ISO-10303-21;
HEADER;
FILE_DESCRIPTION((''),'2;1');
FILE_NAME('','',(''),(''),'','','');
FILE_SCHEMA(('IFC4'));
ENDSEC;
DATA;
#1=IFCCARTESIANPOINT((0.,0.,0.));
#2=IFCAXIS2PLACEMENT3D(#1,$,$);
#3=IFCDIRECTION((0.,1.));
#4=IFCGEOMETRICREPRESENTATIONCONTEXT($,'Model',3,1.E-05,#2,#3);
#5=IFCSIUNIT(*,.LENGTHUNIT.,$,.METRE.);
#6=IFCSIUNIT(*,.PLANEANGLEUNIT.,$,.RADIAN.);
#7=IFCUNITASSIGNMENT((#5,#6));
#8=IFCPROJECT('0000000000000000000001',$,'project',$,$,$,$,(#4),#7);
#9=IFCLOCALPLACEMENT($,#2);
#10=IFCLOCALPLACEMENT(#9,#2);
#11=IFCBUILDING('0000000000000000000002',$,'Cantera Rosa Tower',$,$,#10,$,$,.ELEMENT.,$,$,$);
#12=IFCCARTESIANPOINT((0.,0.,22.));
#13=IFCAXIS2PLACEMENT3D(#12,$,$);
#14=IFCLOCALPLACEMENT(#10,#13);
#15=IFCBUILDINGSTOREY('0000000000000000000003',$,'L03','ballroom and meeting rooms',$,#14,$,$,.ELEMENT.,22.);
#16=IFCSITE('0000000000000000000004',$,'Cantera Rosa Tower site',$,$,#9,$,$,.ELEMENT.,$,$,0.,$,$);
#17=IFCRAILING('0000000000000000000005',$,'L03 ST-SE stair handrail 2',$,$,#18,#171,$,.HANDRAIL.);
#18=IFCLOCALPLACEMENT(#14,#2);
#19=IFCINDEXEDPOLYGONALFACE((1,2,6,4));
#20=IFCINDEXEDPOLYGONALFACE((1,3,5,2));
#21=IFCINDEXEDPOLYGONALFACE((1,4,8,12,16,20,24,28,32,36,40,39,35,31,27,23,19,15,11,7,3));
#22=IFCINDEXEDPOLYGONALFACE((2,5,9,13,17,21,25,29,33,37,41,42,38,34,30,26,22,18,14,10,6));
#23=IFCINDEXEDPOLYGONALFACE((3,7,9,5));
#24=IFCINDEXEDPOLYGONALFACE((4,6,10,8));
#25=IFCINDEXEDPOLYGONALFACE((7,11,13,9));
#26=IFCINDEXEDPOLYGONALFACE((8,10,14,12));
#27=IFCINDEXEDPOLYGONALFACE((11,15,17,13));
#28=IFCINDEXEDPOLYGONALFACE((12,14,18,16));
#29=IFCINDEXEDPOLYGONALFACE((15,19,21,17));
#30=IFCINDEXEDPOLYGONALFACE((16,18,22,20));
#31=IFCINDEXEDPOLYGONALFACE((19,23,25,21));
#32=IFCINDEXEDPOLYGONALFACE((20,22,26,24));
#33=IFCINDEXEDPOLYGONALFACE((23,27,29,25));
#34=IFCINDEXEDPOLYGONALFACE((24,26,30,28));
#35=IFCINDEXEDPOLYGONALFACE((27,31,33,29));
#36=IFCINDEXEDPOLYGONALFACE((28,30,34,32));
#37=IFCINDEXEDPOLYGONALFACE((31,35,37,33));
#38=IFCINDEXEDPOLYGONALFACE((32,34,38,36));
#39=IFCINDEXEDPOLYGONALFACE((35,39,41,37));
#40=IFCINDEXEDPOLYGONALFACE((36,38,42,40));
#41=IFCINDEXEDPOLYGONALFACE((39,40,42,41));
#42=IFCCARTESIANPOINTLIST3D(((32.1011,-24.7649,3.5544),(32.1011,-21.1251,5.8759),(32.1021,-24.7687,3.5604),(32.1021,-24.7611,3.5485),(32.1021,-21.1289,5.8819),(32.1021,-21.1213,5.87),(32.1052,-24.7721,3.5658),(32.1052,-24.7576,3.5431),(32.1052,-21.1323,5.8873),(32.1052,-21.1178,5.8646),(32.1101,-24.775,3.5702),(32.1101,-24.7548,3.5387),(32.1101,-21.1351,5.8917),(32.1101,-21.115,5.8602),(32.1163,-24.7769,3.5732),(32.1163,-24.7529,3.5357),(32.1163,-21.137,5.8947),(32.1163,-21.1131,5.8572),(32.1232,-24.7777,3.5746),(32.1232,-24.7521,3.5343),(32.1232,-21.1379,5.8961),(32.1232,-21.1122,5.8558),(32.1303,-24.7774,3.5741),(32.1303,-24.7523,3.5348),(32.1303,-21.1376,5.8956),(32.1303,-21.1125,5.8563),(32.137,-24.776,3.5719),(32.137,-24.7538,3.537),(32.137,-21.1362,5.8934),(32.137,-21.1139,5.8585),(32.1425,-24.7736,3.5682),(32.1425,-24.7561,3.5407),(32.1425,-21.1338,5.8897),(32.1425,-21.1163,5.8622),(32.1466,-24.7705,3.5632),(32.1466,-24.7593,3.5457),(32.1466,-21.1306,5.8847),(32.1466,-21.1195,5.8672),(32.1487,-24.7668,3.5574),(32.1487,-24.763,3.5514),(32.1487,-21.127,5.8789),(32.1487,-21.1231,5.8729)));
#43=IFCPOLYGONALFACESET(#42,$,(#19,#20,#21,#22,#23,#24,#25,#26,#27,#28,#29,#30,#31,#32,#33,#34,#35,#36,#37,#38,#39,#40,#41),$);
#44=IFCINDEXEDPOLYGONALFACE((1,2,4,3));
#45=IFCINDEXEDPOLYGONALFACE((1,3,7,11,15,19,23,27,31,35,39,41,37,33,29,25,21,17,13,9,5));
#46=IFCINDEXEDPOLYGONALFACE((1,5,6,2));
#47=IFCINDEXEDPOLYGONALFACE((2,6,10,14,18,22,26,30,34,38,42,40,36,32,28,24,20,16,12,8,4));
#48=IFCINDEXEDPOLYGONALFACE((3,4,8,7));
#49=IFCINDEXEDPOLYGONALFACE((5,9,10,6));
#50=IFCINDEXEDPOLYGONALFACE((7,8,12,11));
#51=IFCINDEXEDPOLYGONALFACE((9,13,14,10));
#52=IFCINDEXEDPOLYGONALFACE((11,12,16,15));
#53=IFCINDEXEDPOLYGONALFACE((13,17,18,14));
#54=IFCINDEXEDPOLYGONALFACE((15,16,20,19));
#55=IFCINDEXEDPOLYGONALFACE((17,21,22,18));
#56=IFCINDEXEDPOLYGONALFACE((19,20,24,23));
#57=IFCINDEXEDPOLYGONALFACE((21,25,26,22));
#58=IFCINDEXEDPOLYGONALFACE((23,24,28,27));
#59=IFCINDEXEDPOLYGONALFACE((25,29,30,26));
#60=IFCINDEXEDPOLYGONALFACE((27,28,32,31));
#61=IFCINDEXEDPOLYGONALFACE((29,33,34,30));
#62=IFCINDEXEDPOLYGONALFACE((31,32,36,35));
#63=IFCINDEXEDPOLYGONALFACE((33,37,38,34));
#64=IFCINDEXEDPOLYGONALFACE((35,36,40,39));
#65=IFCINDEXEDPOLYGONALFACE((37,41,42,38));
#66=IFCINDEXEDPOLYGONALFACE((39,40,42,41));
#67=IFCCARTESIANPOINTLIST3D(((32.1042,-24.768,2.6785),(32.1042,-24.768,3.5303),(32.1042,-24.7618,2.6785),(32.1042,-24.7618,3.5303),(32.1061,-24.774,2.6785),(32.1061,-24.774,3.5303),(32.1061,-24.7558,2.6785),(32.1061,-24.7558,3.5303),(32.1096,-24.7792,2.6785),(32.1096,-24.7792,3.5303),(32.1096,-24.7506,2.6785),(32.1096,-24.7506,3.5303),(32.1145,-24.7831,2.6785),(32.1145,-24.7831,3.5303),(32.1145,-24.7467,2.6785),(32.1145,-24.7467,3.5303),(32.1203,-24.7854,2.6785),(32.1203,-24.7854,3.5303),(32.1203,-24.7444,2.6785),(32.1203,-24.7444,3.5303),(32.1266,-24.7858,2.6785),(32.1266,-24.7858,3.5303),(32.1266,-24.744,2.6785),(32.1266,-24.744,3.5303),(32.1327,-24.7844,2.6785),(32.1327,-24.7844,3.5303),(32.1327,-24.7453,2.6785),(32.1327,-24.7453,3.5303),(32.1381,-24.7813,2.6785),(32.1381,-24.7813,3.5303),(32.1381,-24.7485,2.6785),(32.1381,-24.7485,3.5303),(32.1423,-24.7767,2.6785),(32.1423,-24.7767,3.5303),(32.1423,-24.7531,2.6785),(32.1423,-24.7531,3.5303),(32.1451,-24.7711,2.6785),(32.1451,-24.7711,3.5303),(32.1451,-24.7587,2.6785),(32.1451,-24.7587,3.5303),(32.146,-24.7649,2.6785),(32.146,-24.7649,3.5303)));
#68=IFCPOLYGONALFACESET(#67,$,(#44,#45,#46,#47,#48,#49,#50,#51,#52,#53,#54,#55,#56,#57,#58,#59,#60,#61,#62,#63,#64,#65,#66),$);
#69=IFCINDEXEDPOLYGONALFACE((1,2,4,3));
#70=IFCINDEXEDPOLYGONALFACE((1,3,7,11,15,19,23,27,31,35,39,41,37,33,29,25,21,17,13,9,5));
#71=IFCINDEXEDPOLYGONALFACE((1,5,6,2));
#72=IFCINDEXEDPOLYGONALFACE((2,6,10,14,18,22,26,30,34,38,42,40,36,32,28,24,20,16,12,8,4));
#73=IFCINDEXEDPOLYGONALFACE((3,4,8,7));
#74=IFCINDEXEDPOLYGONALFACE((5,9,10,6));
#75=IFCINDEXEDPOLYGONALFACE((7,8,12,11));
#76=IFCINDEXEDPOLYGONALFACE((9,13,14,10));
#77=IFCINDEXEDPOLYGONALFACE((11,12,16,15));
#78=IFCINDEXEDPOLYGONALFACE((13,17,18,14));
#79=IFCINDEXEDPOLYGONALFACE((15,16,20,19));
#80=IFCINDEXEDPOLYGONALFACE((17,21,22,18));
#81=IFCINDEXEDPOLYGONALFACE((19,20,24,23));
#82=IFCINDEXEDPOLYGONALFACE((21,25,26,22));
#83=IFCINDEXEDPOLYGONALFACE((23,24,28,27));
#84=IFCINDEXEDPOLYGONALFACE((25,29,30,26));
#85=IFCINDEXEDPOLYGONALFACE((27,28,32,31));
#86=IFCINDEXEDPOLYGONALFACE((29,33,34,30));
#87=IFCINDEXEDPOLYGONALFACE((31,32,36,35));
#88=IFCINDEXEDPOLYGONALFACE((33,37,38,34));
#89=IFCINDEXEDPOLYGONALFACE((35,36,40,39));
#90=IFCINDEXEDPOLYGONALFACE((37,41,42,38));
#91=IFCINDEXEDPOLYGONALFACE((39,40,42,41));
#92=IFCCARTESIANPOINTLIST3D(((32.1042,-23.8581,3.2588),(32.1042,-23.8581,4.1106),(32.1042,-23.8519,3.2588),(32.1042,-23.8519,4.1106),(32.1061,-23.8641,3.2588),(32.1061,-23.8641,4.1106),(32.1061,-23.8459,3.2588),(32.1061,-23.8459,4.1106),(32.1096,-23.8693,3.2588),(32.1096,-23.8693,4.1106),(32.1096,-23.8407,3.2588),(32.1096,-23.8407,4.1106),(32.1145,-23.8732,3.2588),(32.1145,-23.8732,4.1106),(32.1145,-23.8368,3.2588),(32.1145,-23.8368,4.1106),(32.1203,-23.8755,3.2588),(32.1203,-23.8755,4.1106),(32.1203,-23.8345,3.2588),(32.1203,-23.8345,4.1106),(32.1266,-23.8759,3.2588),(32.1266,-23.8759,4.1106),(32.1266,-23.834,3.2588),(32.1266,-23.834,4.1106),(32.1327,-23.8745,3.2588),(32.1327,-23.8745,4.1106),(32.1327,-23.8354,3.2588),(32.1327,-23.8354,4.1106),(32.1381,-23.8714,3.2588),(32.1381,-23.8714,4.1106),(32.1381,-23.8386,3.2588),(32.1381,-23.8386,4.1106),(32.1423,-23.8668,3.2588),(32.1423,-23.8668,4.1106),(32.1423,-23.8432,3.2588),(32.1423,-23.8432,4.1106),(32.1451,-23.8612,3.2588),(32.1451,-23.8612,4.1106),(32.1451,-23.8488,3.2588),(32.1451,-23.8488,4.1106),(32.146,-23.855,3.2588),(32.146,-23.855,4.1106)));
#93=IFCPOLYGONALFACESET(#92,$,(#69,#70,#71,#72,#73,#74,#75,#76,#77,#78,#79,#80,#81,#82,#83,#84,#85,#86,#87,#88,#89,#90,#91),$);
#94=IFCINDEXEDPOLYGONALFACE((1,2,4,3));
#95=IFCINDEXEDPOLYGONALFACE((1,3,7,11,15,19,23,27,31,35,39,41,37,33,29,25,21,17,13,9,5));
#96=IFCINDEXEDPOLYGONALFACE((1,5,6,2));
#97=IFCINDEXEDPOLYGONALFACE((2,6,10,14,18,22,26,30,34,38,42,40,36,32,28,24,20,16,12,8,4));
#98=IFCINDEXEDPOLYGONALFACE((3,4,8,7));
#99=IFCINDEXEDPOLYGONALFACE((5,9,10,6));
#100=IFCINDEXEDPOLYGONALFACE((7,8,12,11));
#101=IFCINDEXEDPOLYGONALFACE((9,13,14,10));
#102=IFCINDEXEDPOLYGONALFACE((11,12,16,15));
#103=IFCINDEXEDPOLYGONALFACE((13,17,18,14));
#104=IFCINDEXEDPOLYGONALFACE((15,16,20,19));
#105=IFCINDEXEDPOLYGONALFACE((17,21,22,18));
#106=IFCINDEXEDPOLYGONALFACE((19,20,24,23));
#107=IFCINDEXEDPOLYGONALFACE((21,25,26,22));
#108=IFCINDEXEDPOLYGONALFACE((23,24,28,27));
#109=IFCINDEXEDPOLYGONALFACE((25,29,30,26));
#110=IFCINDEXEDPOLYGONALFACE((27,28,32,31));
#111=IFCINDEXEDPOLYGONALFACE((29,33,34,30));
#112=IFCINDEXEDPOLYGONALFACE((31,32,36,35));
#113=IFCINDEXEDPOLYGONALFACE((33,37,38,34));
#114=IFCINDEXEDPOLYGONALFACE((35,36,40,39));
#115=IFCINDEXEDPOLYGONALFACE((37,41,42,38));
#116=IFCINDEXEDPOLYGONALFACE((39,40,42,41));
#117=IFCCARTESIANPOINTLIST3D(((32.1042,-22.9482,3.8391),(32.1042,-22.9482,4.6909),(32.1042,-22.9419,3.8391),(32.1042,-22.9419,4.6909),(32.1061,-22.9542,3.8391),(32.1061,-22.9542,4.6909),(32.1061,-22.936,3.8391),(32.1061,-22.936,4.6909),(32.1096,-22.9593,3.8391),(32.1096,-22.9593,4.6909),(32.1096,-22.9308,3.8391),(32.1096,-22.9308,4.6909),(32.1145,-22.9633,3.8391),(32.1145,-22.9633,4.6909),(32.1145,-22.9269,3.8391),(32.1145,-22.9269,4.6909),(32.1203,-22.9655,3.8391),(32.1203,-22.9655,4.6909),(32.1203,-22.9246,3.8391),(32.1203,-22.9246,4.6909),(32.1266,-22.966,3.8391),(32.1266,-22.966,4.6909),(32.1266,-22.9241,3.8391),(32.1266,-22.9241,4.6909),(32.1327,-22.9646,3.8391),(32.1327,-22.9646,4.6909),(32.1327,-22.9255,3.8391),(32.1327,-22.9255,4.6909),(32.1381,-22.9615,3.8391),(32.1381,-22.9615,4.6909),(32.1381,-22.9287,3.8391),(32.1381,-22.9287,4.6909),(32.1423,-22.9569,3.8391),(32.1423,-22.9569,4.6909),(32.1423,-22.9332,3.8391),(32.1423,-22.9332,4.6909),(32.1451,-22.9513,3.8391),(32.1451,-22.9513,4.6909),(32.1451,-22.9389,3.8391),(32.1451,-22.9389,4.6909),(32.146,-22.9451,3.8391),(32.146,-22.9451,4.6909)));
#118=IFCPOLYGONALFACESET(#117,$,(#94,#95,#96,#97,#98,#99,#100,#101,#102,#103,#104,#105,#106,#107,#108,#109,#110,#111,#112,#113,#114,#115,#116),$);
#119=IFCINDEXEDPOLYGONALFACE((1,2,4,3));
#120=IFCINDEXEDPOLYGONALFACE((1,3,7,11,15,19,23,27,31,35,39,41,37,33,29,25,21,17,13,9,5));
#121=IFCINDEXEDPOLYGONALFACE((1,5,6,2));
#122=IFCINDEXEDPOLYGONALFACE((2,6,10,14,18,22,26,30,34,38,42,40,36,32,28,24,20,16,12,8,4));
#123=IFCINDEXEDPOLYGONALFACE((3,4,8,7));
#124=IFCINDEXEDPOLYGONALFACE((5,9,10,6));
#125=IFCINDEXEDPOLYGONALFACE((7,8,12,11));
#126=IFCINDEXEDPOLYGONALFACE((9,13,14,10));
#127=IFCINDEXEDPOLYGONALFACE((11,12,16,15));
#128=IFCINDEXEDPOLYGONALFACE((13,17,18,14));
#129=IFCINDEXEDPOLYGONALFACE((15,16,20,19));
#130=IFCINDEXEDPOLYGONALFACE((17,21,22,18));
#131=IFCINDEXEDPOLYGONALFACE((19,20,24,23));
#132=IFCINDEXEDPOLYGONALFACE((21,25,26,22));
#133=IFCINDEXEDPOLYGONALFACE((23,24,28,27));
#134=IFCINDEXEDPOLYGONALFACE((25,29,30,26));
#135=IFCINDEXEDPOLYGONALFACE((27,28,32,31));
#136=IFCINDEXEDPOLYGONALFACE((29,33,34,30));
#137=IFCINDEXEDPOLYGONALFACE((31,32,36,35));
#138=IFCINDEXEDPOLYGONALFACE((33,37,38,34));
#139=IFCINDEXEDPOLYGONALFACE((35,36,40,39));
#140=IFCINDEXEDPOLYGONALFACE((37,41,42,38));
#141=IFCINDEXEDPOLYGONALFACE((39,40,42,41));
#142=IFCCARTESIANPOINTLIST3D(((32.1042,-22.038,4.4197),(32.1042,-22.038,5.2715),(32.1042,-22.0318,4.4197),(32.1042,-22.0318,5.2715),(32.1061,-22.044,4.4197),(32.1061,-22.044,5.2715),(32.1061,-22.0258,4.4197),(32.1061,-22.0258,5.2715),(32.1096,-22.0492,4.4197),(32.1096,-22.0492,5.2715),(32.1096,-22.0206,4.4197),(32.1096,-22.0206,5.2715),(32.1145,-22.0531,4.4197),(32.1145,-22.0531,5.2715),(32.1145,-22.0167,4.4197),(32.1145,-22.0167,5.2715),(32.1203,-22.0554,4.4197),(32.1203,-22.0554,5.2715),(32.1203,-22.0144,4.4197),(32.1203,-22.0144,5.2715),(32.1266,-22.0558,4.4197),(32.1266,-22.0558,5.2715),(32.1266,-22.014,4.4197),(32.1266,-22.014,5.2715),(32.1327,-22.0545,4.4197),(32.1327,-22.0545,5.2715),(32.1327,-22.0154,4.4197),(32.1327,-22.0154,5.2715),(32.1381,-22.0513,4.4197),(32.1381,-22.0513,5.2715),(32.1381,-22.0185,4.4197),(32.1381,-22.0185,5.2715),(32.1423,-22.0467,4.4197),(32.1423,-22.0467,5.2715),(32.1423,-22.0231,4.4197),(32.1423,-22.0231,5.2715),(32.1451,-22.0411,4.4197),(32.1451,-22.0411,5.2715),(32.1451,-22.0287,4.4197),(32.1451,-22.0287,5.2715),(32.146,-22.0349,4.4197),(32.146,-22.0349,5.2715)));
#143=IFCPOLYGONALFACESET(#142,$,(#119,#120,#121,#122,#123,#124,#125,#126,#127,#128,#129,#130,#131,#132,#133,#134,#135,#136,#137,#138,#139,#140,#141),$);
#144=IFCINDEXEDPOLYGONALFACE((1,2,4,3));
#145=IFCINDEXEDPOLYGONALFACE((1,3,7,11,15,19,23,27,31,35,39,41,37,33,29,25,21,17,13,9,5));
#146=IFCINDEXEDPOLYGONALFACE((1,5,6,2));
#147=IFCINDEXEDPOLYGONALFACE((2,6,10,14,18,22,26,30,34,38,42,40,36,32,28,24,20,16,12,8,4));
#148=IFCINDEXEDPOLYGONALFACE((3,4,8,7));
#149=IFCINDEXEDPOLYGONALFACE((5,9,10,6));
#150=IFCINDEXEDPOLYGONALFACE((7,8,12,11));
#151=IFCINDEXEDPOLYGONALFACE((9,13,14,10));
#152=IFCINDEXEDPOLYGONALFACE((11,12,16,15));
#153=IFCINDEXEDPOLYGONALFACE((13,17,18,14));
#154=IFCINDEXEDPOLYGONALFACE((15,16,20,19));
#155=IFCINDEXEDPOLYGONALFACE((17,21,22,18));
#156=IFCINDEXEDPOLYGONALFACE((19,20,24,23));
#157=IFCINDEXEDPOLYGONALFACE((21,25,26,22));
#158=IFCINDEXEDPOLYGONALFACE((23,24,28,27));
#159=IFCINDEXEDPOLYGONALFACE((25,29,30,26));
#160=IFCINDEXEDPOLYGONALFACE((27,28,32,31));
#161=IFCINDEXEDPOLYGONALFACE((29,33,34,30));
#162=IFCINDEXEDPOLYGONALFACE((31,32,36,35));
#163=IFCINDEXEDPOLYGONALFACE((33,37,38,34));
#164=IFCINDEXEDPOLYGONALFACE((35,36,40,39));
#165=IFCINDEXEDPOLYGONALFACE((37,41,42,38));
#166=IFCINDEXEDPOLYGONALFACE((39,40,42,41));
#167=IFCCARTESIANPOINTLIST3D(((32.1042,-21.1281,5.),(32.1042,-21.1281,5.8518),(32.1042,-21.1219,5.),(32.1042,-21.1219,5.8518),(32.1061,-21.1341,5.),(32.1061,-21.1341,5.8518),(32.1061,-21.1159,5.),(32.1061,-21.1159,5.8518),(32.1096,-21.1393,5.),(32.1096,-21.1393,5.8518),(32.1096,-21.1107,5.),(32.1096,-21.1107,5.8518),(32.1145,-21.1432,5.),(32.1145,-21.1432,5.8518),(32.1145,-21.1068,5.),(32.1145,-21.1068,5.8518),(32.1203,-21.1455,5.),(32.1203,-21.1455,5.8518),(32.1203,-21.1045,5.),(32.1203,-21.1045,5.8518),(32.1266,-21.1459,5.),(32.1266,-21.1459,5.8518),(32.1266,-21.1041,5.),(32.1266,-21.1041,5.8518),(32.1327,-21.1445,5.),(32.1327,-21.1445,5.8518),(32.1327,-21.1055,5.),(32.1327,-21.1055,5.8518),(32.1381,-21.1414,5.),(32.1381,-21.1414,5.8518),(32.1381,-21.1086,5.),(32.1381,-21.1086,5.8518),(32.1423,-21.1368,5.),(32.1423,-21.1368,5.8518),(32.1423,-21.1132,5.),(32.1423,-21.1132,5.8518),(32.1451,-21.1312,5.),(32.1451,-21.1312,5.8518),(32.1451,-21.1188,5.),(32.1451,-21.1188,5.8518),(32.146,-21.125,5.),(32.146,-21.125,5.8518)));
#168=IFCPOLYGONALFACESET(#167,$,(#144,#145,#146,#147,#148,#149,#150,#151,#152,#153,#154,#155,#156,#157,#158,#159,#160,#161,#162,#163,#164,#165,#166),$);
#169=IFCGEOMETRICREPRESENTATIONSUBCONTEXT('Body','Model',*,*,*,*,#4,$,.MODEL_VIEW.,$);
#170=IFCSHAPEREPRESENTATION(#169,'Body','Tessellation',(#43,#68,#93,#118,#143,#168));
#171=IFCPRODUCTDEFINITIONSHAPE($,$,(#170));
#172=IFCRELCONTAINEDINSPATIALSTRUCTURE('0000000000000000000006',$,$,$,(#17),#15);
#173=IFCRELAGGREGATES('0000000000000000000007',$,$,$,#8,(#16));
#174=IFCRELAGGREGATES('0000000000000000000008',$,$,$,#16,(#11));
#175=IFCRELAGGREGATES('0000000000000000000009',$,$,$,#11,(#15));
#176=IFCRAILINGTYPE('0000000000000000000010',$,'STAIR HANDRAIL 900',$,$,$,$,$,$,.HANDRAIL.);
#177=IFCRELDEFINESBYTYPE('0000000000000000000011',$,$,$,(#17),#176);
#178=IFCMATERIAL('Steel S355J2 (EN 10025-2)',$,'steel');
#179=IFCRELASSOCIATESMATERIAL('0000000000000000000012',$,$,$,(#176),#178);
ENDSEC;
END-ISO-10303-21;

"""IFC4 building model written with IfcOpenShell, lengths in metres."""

from ifc_helpers import new_model, si_unit, direction, frame, origin, origin_2d, place, context, subcontext, project, spatial, circle, extrude, material, type_object, element, save


model = new_model("IFC4")

# Units and contexts
model_context = context("Model", 3, precision=1e-05, world=origin(), true_north=direction((0.0, 1.0)))
body_context = subcontext(model_context, "Body", "Model", "MODEL_VIEW")
ifc_project = project(units=[si_unit("LENGTHUNIT", "METRE"), si_unit("PLANEANGLEUNIT", "RADIAN")], contexts=[model_context])

# Site, building, storey
site_placement = place(None, origin())
site = spatial("IfcSite", under=ifc_project, at=site_placement, Name="Cantera Rosa Tower site", CompositionType="ELEMENT", RefElevation=0.0)
building_placement = place(site_placement, origin())
building = spatial("IfcBuilding", under=site, at=building_placement, Name="Cantera Rosa Tower", CompositionType="ELEMENT")
storey_placement = place(building_placement, frame((0.0, 0.0, 22.0)))
storey = spatial("IfcBuildingStorey", under=building, at=storey_placement, Name="L03", Description="ballroom and meeting rooms", CompositionType="ELEMENT", Elevation=22.0)

# Railing
ifc_material_1 = material(Name="Steel S355J2 (EN 10025-2)", Category="steel")
railing_type_1 = type_object("IfcRailingType", Name="STAIR HANDRAIL 900", PredefinedType="HANDRAIL", material=ifc_material_1)
railing_1_placement = place(storey_placement, frame((32.125, -24.7649, 2.6785)))
element("IfcRailing", 1, at=railing_1_placement, inside=storey, type_object=railing_type_1, Name="L03 ST-SE stair handrail 2", PredefinedType="HANDRAIL", context=body_context, shape_type="SweptSolid", body=[
    extrude(circle(Radius=0.0239, at=origin_2d()), frame((0.0, 0.0, 0.876), z_axis=(0.0, 0.843112, 0.537739), x_axis=(-1.0, 0.0, 0.0)), (0.0, 0.0, 1.0), 4.3171),
    extrude(circle(Radius=0.021, at=origin_2d()), origin(), (0.0, 0.0, 1.0), 0.8518),
    extrude(circle(Radius=0.021, at=origin_2d()), frame((0.0, 0.9099, 0.5803)), (0.0, 0.0, 1.0), 0.8518),
    extrude(circle(Radius=0.021, at=origin_2d()), frame((0.0, 1.8198, 1.1606)), (0.0, 0.0, 1.0), 0.8518),
    extrude(circle(Radius=0.021, at=origin_2d()), frame((0.0, 2.73, 1.7412)), (0.0, 0.0, 1.0), 0.8518),
    extrude(circle(Radius=0.021, at=origin_2d()), frame((0.0, 3.6399, 2.3215)), (0.0, 0.0, 1.0), 0.8518),
])

save(model, "model.ifc")
